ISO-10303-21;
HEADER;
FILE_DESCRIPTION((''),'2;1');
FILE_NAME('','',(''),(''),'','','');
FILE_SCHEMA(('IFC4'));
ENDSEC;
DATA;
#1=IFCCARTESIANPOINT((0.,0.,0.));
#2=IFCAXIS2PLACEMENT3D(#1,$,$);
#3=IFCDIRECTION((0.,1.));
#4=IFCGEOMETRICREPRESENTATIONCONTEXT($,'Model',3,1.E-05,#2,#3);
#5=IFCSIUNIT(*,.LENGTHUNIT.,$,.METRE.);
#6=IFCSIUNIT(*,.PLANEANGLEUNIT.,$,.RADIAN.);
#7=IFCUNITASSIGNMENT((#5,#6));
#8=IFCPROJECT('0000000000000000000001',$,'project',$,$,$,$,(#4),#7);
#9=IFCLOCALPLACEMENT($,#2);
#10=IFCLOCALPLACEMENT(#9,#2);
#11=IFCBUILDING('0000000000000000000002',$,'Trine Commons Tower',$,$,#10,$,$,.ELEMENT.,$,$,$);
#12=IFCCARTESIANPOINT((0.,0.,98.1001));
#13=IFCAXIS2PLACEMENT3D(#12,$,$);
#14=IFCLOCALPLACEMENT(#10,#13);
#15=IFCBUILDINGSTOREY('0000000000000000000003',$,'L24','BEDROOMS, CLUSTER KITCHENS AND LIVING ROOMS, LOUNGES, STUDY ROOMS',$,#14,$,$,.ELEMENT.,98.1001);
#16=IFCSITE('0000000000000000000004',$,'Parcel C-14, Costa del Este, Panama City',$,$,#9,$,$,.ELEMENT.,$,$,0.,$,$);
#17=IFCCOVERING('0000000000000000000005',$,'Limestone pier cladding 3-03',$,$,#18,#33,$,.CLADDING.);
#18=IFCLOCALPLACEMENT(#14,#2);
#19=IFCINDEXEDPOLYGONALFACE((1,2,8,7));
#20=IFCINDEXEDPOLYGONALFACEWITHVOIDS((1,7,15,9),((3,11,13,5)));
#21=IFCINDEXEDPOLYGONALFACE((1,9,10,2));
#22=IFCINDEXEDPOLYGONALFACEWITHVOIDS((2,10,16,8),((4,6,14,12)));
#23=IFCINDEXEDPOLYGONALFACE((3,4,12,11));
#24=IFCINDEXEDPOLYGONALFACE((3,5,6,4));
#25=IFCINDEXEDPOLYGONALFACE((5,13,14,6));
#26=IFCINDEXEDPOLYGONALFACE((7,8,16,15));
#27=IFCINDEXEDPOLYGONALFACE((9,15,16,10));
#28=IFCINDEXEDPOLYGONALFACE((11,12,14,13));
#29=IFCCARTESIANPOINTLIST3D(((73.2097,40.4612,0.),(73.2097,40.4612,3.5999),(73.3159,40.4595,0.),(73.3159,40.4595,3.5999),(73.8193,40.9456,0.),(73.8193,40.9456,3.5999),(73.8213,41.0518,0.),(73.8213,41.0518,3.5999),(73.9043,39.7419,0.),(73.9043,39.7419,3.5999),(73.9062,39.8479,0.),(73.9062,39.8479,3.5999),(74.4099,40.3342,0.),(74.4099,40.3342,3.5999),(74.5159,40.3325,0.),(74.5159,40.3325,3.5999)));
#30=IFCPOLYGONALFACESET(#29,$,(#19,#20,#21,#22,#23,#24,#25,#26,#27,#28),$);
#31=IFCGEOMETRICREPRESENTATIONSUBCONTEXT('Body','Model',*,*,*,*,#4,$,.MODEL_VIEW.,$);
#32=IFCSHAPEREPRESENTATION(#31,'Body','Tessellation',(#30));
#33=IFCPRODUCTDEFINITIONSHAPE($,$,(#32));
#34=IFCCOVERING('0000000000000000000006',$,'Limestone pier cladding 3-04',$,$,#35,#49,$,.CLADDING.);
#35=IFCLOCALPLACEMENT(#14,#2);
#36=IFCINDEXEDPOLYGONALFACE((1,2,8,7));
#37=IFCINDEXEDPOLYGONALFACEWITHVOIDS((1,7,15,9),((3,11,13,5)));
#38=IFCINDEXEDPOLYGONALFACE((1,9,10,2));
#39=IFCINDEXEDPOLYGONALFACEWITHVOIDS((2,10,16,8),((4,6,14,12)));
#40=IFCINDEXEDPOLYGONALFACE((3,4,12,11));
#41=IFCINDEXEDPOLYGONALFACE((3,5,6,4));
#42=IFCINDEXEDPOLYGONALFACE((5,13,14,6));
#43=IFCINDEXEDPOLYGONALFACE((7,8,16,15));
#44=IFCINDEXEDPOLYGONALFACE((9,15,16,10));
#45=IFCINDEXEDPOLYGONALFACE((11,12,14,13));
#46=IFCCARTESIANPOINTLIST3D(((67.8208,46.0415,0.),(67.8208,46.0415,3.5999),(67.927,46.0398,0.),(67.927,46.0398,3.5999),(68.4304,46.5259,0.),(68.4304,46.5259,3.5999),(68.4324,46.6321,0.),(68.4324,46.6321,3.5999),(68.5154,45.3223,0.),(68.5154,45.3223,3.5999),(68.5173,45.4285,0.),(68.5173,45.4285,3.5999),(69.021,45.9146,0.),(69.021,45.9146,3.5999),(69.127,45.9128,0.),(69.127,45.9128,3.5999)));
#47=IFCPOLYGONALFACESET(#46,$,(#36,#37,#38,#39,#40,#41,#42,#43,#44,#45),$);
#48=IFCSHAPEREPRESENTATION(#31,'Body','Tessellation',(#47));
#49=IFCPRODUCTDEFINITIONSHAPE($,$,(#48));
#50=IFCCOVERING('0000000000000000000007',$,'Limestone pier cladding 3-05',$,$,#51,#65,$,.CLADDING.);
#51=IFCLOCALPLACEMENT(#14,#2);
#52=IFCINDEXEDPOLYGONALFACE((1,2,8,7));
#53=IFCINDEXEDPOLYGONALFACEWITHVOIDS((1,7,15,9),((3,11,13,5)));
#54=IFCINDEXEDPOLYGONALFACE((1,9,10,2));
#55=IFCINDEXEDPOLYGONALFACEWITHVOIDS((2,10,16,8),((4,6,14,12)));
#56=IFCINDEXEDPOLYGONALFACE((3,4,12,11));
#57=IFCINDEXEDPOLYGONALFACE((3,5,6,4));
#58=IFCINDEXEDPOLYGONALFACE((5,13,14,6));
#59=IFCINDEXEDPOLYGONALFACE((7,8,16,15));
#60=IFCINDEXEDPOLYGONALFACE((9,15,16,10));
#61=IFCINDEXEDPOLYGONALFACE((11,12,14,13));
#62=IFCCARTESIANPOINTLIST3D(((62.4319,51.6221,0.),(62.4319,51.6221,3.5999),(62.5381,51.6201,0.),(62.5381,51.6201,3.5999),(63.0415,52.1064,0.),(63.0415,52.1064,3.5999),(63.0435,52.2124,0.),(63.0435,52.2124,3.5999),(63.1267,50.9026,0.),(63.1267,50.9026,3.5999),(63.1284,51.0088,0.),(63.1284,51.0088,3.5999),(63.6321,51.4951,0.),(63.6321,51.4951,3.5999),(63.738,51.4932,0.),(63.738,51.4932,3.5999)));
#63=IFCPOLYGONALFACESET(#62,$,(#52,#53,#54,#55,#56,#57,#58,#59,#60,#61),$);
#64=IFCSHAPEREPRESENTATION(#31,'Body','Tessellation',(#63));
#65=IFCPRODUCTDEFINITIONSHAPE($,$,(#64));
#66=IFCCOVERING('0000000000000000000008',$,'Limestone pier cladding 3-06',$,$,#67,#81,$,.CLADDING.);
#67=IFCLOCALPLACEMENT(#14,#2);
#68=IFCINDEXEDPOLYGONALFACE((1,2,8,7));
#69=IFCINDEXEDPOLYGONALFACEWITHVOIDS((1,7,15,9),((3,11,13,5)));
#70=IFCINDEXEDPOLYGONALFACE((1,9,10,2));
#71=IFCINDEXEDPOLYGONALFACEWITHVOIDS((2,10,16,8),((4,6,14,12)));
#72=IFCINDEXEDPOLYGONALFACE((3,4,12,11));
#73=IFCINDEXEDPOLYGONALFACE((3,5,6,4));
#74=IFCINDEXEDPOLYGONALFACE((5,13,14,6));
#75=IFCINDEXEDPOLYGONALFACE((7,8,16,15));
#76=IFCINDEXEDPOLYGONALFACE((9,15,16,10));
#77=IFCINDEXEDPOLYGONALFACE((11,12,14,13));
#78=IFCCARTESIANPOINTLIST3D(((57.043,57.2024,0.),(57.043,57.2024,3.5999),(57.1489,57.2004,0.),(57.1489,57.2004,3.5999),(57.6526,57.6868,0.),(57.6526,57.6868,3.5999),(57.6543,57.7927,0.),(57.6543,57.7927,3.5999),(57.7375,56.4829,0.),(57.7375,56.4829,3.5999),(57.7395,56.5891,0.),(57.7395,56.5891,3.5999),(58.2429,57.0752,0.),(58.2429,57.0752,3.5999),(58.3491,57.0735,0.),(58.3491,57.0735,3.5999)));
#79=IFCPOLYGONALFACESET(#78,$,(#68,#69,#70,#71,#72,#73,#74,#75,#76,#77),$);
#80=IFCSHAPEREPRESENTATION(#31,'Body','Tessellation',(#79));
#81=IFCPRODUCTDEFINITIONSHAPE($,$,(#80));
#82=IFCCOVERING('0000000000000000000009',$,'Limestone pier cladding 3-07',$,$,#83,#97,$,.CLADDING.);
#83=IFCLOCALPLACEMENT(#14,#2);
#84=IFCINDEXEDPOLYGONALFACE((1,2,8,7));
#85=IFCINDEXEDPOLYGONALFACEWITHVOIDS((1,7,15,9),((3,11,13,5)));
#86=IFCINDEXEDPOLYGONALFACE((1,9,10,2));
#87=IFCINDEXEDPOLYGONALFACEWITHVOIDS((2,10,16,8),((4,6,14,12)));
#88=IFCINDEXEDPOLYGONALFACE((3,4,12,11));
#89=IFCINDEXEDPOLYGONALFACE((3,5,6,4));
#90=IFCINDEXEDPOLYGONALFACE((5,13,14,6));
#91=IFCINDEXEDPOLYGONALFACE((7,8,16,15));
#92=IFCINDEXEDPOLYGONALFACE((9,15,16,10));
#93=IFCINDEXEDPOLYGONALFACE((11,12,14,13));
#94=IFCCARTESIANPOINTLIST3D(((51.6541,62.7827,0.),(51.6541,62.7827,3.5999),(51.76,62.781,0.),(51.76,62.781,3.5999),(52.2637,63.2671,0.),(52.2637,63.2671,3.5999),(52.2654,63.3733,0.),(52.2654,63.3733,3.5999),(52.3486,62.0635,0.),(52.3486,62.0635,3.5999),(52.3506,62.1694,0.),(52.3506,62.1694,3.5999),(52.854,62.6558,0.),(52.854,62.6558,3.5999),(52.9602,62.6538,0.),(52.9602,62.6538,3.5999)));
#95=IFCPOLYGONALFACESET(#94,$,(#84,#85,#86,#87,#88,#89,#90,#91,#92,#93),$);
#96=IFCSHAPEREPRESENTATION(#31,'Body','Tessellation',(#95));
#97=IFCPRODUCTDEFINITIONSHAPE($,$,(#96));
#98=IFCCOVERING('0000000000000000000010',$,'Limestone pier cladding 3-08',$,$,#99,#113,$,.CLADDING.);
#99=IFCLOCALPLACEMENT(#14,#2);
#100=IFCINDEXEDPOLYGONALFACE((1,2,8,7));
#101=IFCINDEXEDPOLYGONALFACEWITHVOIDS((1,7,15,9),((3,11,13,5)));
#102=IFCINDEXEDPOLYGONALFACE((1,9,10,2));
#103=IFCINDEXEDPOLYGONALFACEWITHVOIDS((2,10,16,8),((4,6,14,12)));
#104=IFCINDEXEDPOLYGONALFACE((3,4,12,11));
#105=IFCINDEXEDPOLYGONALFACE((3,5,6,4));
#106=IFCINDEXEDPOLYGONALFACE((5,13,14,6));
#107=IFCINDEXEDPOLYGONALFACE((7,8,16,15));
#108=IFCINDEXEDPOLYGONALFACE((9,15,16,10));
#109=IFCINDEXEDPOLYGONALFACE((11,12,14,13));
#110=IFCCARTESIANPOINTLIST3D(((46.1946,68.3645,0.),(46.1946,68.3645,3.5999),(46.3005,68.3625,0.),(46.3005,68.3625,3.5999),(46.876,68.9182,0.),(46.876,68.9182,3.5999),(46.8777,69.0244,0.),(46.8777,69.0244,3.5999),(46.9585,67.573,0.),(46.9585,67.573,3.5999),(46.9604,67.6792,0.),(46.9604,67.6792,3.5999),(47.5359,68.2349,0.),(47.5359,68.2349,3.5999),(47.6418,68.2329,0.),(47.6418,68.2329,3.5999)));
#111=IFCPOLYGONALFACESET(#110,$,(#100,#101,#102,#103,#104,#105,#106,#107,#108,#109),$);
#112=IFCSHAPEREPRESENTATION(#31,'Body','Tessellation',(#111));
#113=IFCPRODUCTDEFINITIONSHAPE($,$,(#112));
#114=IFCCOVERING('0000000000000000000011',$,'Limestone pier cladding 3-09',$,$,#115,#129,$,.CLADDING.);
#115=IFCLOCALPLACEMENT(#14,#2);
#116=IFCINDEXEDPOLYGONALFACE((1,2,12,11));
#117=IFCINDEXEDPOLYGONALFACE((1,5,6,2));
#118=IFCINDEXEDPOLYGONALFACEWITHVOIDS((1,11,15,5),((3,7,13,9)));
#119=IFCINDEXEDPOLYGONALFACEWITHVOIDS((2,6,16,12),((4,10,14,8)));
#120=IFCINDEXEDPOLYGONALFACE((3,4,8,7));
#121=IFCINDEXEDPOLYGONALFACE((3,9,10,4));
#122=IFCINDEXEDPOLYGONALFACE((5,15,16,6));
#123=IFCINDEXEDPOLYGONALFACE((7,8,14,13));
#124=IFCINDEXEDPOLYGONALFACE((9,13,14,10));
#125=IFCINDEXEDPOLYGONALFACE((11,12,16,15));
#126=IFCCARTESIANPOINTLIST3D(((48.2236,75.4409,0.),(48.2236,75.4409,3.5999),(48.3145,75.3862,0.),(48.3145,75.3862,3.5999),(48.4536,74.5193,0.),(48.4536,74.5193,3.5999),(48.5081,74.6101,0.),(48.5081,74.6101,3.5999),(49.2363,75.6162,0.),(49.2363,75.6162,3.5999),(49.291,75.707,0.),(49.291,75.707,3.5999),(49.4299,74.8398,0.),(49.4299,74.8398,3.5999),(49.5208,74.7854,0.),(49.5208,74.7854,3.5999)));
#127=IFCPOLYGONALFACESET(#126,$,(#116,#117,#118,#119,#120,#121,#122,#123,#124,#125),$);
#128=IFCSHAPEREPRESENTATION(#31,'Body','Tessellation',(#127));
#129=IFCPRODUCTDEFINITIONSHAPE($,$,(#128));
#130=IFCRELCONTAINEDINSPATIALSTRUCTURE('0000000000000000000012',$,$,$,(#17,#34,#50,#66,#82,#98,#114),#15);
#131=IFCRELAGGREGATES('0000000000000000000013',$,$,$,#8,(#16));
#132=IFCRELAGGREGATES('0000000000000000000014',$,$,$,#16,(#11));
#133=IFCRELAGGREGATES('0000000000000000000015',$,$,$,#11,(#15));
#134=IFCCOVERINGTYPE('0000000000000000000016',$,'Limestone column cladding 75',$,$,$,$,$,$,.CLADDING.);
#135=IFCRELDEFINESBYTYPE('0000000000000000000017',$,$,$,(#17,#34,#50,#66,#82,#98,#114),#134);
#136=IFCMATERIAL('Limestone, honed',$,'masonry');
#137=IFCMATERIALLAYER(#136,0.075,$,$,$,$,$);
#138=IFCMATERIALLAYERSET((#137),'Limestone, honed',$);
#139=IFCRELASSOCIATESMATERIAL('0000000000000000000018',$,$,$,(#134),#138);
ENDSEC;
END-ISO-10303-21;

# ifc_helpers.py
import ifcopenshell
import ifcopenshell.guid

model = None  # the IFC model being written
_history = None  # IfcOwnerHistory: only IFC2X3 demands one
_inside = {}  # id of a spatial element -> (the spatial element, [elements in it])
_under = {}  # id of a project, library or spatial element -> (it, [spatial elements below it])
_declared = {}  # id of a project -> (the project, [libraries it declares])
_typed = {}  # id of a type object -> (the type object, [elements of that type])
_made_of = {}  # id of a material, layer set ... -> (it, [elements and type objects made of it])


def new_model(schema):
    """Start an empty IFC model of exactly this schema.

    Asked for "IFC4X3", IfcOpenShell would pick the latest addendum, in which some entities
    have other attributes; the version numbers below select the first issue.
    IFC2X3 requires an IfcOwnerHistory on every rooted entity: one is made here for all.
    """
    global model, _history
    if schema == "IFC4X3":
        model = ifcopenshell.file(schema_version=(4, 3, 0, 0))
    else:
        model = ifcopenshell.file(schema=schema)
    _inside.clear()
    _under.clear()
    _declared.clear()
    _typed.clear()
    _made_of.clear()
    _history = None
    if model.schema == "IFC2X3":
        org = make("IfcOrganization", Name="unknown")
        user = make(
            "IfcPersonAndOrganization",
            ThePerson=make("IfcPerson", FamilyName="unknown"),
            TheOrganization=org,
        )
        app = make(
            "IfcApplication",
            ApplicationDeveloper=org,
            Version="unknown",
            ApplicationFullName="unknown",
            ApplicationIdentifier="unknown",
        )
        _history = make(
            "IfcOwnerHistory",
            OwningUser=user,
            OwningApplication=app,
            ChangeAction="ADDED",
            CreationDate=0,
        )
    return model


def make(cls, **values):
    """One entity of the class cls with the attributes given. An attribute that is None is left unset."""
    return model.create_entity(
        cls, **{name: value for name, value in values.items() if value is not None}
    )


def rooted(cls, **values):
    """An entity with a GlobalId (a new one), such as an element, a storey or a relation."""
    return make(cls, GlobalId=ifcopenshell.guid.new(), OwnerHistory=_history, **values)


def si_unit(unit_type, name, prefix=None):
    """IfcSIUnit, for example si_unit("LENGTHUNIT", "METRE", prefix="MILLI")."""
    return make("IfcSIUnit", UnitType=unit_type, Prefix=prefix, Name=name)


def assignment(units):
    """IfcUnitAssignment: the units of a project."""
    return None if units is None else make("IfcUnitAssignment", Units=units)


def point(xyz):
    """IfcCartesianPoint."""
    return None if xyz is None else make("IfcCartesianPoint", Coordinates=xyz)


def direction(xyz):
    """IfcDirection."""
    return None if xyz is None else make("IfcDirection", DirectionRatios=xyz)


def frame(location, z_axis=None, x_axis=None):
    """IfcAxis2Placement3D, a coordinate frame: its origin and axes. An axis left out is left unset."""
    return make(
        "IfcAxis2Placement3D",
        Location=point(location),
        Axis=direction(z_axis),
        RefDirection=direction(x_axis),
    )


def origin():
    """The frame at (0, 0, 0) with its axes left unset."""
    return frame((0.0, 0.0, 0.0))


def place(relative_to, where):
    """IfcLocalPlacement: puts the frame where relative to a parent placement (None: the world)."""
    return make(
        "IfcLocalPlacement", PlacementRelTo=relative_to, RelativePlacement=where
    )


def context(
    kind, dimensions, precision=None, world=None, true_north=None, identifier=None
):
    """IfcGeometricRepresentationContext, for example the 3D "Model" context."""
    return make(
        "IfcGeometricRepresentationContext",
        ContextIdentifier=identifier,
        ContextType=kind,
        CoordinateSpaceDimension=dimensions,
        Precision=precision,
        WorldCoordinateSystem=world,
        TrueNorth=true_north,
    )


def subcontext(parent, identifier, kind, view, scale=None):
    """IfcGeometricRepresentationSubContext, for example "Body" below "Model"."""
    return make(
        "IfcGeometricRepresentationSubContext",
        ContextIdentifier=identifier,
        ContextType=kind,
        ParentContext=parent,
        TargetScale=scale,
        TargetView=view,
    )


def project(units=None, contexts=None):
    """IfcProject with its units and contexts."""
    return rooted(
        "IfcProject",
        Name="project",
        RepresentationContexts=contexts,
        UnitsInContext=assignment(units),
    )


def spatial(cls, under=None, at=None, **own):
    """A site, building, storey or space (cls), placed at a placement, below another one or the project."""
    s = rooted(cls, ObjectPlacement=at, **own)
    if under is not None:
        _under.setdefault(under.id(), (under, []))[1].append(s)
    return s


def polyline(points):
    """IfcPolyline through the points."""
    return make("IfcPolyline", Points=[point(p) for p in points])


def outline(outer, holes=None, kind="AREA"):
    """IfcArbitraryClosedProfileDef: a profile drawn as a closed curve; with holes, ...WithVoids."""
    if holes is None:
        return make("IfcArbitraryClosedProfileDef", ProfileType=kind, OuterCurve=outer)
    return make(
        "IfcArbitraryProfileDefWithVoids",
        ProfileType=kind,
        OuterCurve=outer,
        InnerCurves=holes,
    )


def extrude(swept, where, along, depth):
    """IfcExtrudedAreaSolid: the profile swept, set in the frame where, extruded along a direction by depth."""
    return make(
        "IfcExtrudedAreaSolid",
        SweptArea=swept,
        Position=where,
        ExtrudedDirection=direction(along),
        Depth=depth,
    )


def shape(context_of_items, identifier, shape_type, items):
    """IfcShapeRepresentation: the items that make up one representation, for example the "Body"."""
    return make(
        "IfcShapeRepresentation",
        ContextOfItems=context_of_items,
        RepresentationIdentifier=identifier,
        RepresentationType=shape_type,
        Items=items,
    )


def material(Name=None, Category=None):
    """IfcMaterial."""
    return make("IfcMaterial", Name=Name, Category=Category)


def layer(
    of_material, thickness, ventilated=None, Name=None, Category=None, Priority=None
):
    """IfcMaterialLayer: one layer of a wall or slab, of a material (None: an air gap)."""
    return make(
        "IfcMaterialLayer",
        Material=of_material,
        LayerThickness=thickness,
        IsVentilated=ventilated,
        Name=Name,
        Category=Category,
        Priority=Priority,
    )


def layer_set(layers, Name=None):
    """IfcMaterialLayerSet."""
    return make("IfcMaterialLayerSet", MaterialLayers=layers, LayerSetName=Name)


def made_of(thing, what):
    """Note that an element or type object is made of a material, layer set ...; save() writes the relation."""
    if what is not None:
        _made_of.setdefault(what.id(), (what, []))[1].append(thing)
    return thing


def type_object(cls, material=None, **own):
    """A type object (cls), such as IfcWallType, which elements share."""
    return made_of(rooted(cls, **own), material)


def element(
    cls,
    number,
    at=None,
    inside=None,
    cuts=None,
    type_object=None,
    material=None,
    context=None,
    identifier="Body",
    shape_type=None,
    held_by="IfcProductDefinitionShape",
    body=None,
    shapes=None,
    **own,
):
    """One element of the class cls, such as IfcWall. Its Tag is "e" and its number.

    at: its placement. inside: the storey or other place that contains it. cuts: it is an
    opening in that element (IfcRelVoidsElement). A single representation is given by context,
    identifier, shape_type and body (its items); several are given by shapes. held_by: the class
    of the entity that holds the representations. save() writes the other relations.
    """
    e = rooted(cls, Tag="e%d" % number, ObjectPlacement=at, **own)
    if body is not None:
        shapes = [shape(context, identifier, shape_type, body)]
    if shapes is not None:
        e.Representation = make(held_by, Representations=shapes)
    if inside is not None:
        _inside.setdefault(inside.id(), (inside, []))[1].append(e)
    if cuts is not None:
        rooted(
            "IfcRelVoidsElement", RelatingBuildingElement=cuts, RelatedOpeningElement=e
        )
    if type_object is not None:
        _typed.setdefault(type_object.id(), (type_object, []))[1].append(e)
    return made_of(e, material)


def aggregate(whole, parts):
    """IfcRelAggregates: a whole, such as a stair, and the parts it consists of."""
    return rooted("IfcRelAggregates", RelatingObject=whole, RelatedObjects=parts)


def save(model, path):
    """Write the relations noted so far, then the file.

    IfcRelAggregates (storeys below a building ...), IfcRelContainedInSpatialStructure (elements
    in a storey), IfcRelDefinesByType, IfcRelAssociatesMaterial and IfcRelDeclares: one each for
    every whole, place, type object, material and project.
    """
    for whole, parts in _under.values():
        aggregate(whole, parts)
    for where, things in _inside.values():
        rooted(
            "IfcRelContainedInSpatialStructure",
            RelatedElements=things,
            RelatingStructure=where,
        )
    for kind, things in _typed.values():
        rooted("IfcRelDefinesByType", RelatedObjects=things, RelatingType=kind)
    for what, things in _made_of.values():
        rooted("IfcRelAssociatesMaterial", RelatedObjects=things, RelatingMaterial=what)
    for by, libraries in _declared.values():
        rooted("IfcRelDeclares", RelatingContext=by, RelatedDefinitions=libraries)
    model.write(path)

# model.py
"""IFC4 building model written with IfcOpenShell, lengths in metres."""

from ifc_helpers import new_model, si_unit, direction, frame, origin, place, context, subcontext, project, spatial, polyline, outline, extrude, material, layer, layer_set, type_object, element, save


model = new_model("IFC4")

# Units and contexts
model_context = context("Model", 3, precision=1e-05, world=origin(), true_north=direction((0.0, 1.0)))
body_context = subcontext(model_context, "Body", "Model", "MODEL_VIEW")
ifc_project = project(units=[si_unit("LENGTHUNIT", "METRE"), si_unit("PLANEANGLEUNIT", "RADIAN")], contexts=[model_context])

# Site, building, storey
site_placement = place(None, origin())
site = spatial("IfcSite", under=ifc_project, at=site_placement, Name="Parcel C-14, Costa del Este, Panama City", CompositionType="ELEMENT", RefElevation=0.0)
building_placement = place(site_placement, origin())
building = spatial("IfcBuilding", under=site, at=building_placement, Name="Trine Commons Tower", CompositionType="ELEMENT")
storey_placement = place(building_placement, frame((0.0, 0.0, 98.1001)))
storey = spatial("IfcBuildingStorey", under=building, at=storey_placement, Name="L24", Description="BEDROOMS, CLUSTER KITCHENS AND LIVING ROOMS, LOUNGES, STUDY ROOMS", CompositionType="ELEMENT", Elevation=98.1001)

# Coverings
ifc_material_1 = material(Name="Limestone, honed", Category="masonry")
ifc_layer_1 = layer(ifc_material_1, 0.075)
ifc_layer_set_1 = layer_set([ifc_layer_1], Name="Limestone, honed")
covering_type_1 = type_object("IfcCoveringType", Name="Limestone column cladding 75", PredefinedType="CLADDING", material=ifc_layer_set_1)
covering_1_placement = place(storey_placement, origin())
element("IfcCovering", 1, at=covering_1_placement, inside=storey, type_object=covering_type_1, Name="Limestone pier cladding 3-03", PredefinedType="CLADDING", context=body_context, shape_type="SweptSolid", body=[
    extrude(outline(polyline([(73.8213, 41.0518), (73.2097, 40.4612), (73.9043, 39.7419), (74.5159, 40.3325), (73.8213, 41.0518)]), holes=[polyline([(73.8193, 40.9456), (73.3159, 40.4595), (73.9062, 39.8479), (74.4099, 40.3342), (73.8193, 40.9456)])]), origin(), (0.0, 0.0, 1.0), 3.5999),
])
covering_2_placement = place(storey_placement, origin())
element("IfcCovering", 2, at=covering_2_placement, inside=storey, type_object=covering_type_1, Name="Limestone pier cladding 3-04", PredefinedType="CLADDING", context=body_context, shape_type="SweptSolid", body=[
    extrude(outline(polyline([(68.4324, 46.6321), (67.8208, 46.0415), (68.5154, 45.3223), (69.127, 45.9128), (68.4324, 46.6321)]), holes=[polyline([(68.4304, 46.5259), (67.927, 46.0398), (68.5173, 45.4285), (69.021, 45.9146), (68.4304, 46.5259)])]), origin(), (0.0, 0.0, 1.0), 3.5999),
])
covering_3_placement = place(storey_placement, origin())
element("IfcCovering", 3, at=covering_3_placement, inside=storey, type_object=covering_type_1, Name="Limestone pier cladding 3-05", PredefinedType="CLADDING", context=body_context, shape_type="SweptSolid", body=[
    extrude(outline(polyline([(63.0435, 52.2124), (62.4319, 51.6221), (63.1267, 50.9026), (63.738, 51.4932), (63.0435, 52.2124)]), holes=[polyline([(63.0415, 52.1064), (62.5381, 51.6201), (63.1284, 51.0088), (63.6321, 51.4951), (63.0415, 52.1064)])]), origin(), (0.0, 0.0, 1.0), 3.5999),
])
covering_4_placement = place(storey_placement, origin())
element("IfcCovering", 4, at=covering_4_placement, inside=storey, type_object=covering_type_1, Name="Limestone pier cladding 3-06", PredefinedType="CLADDING", context=body_context, shape_type="SweptSolid", body=[
    extrude(outline(polyline([(57.6543, 57.7927), (57.043, 57.2024), (57.7375, 56.4829), (58.3491, 57.0735), (57.6543, 57.7927)]), holes=[polyline([(57.6526, 57.6868), (57.1489, 57.2004), (57.7395, 56.5891), (58.2429, 57.0752), (57.6526, 57.6868)])]), origin(), (0.0, 0.0, 1.0), 3.5999),
])
covering_5_placement = place(storey_placement, origin())
element("IfcCovering", 5, at=covering_5_placement, inside=storey, type_object=covering_type_1, Name="Limestone pier cladding 3-07", PredefinedType="CLADDING", context=body_context, shape_type="SweptSolid", body=[
    extrude(outline(polyline([(52.2654, 63.3733), (51.6541, 62.7827), (52.3486, 62.0635), (52.9602, 62.6538), (52.2654, 63.3733)]), holes=[polyline([(52.2637, 63.2671), (51.76, 62.781), (52.3506, 62.1694), (52.854, 62.6558), (52.2637, 63.2671)])]), origin(), (0.0, 0.0, 1.0), 3.5999),
])
covering_6_placement = place(storey_placement, origin())
element("IfcCovering", 6, at=covering_6_placement, inside=storey, type_object=covering_type_1, Name="Limestone pier cladding 3-08", PredefinedType="CLADDING", context=body_context, shape_type="SweptSolid", body=[
    extrude(outline(polyline([(46.8777, 69.0244), (46.1946, 68.3645), (46.9585, 67.573), (47.6418, 68.2329), (46.8777, 69.0244)]), holes=[polyline([(46.876, 68.9182), (46.3005, 68.3625), (46.9604, 67.6792), (47.5359, 68.2349), (46.876, 68.9182)])]), origin(), (0.0, 0.0, 1.0), 3.5999),
])
covering_7_placement = place(storey_placement, origin())
element("IfcCovering", 7, at=covering_7_placement, inside=storey, type_object=covering_type_1, Name="Limestone pier cladding 3-09", PredefinedType="CLADDING", context=body_context, shape_type="SweptSolid", body=[
    extrude(outline(polyline([(49.5208, 74.7854), (49.291, 75.707), (48.2236, 75.4409), (48.4536, 74.5193), (49.5208, 74.7854)]), holes=[polyline([(49.4299, 74.8398), (49.2363, 75.6162), (48.3145, 75.3862), (48.5081, 74.6101), (49.4299, 74.8398)])]), origin(), (0.0, 0.0, 1.0), 3.5999),
])

save(model, "model.ifc")
